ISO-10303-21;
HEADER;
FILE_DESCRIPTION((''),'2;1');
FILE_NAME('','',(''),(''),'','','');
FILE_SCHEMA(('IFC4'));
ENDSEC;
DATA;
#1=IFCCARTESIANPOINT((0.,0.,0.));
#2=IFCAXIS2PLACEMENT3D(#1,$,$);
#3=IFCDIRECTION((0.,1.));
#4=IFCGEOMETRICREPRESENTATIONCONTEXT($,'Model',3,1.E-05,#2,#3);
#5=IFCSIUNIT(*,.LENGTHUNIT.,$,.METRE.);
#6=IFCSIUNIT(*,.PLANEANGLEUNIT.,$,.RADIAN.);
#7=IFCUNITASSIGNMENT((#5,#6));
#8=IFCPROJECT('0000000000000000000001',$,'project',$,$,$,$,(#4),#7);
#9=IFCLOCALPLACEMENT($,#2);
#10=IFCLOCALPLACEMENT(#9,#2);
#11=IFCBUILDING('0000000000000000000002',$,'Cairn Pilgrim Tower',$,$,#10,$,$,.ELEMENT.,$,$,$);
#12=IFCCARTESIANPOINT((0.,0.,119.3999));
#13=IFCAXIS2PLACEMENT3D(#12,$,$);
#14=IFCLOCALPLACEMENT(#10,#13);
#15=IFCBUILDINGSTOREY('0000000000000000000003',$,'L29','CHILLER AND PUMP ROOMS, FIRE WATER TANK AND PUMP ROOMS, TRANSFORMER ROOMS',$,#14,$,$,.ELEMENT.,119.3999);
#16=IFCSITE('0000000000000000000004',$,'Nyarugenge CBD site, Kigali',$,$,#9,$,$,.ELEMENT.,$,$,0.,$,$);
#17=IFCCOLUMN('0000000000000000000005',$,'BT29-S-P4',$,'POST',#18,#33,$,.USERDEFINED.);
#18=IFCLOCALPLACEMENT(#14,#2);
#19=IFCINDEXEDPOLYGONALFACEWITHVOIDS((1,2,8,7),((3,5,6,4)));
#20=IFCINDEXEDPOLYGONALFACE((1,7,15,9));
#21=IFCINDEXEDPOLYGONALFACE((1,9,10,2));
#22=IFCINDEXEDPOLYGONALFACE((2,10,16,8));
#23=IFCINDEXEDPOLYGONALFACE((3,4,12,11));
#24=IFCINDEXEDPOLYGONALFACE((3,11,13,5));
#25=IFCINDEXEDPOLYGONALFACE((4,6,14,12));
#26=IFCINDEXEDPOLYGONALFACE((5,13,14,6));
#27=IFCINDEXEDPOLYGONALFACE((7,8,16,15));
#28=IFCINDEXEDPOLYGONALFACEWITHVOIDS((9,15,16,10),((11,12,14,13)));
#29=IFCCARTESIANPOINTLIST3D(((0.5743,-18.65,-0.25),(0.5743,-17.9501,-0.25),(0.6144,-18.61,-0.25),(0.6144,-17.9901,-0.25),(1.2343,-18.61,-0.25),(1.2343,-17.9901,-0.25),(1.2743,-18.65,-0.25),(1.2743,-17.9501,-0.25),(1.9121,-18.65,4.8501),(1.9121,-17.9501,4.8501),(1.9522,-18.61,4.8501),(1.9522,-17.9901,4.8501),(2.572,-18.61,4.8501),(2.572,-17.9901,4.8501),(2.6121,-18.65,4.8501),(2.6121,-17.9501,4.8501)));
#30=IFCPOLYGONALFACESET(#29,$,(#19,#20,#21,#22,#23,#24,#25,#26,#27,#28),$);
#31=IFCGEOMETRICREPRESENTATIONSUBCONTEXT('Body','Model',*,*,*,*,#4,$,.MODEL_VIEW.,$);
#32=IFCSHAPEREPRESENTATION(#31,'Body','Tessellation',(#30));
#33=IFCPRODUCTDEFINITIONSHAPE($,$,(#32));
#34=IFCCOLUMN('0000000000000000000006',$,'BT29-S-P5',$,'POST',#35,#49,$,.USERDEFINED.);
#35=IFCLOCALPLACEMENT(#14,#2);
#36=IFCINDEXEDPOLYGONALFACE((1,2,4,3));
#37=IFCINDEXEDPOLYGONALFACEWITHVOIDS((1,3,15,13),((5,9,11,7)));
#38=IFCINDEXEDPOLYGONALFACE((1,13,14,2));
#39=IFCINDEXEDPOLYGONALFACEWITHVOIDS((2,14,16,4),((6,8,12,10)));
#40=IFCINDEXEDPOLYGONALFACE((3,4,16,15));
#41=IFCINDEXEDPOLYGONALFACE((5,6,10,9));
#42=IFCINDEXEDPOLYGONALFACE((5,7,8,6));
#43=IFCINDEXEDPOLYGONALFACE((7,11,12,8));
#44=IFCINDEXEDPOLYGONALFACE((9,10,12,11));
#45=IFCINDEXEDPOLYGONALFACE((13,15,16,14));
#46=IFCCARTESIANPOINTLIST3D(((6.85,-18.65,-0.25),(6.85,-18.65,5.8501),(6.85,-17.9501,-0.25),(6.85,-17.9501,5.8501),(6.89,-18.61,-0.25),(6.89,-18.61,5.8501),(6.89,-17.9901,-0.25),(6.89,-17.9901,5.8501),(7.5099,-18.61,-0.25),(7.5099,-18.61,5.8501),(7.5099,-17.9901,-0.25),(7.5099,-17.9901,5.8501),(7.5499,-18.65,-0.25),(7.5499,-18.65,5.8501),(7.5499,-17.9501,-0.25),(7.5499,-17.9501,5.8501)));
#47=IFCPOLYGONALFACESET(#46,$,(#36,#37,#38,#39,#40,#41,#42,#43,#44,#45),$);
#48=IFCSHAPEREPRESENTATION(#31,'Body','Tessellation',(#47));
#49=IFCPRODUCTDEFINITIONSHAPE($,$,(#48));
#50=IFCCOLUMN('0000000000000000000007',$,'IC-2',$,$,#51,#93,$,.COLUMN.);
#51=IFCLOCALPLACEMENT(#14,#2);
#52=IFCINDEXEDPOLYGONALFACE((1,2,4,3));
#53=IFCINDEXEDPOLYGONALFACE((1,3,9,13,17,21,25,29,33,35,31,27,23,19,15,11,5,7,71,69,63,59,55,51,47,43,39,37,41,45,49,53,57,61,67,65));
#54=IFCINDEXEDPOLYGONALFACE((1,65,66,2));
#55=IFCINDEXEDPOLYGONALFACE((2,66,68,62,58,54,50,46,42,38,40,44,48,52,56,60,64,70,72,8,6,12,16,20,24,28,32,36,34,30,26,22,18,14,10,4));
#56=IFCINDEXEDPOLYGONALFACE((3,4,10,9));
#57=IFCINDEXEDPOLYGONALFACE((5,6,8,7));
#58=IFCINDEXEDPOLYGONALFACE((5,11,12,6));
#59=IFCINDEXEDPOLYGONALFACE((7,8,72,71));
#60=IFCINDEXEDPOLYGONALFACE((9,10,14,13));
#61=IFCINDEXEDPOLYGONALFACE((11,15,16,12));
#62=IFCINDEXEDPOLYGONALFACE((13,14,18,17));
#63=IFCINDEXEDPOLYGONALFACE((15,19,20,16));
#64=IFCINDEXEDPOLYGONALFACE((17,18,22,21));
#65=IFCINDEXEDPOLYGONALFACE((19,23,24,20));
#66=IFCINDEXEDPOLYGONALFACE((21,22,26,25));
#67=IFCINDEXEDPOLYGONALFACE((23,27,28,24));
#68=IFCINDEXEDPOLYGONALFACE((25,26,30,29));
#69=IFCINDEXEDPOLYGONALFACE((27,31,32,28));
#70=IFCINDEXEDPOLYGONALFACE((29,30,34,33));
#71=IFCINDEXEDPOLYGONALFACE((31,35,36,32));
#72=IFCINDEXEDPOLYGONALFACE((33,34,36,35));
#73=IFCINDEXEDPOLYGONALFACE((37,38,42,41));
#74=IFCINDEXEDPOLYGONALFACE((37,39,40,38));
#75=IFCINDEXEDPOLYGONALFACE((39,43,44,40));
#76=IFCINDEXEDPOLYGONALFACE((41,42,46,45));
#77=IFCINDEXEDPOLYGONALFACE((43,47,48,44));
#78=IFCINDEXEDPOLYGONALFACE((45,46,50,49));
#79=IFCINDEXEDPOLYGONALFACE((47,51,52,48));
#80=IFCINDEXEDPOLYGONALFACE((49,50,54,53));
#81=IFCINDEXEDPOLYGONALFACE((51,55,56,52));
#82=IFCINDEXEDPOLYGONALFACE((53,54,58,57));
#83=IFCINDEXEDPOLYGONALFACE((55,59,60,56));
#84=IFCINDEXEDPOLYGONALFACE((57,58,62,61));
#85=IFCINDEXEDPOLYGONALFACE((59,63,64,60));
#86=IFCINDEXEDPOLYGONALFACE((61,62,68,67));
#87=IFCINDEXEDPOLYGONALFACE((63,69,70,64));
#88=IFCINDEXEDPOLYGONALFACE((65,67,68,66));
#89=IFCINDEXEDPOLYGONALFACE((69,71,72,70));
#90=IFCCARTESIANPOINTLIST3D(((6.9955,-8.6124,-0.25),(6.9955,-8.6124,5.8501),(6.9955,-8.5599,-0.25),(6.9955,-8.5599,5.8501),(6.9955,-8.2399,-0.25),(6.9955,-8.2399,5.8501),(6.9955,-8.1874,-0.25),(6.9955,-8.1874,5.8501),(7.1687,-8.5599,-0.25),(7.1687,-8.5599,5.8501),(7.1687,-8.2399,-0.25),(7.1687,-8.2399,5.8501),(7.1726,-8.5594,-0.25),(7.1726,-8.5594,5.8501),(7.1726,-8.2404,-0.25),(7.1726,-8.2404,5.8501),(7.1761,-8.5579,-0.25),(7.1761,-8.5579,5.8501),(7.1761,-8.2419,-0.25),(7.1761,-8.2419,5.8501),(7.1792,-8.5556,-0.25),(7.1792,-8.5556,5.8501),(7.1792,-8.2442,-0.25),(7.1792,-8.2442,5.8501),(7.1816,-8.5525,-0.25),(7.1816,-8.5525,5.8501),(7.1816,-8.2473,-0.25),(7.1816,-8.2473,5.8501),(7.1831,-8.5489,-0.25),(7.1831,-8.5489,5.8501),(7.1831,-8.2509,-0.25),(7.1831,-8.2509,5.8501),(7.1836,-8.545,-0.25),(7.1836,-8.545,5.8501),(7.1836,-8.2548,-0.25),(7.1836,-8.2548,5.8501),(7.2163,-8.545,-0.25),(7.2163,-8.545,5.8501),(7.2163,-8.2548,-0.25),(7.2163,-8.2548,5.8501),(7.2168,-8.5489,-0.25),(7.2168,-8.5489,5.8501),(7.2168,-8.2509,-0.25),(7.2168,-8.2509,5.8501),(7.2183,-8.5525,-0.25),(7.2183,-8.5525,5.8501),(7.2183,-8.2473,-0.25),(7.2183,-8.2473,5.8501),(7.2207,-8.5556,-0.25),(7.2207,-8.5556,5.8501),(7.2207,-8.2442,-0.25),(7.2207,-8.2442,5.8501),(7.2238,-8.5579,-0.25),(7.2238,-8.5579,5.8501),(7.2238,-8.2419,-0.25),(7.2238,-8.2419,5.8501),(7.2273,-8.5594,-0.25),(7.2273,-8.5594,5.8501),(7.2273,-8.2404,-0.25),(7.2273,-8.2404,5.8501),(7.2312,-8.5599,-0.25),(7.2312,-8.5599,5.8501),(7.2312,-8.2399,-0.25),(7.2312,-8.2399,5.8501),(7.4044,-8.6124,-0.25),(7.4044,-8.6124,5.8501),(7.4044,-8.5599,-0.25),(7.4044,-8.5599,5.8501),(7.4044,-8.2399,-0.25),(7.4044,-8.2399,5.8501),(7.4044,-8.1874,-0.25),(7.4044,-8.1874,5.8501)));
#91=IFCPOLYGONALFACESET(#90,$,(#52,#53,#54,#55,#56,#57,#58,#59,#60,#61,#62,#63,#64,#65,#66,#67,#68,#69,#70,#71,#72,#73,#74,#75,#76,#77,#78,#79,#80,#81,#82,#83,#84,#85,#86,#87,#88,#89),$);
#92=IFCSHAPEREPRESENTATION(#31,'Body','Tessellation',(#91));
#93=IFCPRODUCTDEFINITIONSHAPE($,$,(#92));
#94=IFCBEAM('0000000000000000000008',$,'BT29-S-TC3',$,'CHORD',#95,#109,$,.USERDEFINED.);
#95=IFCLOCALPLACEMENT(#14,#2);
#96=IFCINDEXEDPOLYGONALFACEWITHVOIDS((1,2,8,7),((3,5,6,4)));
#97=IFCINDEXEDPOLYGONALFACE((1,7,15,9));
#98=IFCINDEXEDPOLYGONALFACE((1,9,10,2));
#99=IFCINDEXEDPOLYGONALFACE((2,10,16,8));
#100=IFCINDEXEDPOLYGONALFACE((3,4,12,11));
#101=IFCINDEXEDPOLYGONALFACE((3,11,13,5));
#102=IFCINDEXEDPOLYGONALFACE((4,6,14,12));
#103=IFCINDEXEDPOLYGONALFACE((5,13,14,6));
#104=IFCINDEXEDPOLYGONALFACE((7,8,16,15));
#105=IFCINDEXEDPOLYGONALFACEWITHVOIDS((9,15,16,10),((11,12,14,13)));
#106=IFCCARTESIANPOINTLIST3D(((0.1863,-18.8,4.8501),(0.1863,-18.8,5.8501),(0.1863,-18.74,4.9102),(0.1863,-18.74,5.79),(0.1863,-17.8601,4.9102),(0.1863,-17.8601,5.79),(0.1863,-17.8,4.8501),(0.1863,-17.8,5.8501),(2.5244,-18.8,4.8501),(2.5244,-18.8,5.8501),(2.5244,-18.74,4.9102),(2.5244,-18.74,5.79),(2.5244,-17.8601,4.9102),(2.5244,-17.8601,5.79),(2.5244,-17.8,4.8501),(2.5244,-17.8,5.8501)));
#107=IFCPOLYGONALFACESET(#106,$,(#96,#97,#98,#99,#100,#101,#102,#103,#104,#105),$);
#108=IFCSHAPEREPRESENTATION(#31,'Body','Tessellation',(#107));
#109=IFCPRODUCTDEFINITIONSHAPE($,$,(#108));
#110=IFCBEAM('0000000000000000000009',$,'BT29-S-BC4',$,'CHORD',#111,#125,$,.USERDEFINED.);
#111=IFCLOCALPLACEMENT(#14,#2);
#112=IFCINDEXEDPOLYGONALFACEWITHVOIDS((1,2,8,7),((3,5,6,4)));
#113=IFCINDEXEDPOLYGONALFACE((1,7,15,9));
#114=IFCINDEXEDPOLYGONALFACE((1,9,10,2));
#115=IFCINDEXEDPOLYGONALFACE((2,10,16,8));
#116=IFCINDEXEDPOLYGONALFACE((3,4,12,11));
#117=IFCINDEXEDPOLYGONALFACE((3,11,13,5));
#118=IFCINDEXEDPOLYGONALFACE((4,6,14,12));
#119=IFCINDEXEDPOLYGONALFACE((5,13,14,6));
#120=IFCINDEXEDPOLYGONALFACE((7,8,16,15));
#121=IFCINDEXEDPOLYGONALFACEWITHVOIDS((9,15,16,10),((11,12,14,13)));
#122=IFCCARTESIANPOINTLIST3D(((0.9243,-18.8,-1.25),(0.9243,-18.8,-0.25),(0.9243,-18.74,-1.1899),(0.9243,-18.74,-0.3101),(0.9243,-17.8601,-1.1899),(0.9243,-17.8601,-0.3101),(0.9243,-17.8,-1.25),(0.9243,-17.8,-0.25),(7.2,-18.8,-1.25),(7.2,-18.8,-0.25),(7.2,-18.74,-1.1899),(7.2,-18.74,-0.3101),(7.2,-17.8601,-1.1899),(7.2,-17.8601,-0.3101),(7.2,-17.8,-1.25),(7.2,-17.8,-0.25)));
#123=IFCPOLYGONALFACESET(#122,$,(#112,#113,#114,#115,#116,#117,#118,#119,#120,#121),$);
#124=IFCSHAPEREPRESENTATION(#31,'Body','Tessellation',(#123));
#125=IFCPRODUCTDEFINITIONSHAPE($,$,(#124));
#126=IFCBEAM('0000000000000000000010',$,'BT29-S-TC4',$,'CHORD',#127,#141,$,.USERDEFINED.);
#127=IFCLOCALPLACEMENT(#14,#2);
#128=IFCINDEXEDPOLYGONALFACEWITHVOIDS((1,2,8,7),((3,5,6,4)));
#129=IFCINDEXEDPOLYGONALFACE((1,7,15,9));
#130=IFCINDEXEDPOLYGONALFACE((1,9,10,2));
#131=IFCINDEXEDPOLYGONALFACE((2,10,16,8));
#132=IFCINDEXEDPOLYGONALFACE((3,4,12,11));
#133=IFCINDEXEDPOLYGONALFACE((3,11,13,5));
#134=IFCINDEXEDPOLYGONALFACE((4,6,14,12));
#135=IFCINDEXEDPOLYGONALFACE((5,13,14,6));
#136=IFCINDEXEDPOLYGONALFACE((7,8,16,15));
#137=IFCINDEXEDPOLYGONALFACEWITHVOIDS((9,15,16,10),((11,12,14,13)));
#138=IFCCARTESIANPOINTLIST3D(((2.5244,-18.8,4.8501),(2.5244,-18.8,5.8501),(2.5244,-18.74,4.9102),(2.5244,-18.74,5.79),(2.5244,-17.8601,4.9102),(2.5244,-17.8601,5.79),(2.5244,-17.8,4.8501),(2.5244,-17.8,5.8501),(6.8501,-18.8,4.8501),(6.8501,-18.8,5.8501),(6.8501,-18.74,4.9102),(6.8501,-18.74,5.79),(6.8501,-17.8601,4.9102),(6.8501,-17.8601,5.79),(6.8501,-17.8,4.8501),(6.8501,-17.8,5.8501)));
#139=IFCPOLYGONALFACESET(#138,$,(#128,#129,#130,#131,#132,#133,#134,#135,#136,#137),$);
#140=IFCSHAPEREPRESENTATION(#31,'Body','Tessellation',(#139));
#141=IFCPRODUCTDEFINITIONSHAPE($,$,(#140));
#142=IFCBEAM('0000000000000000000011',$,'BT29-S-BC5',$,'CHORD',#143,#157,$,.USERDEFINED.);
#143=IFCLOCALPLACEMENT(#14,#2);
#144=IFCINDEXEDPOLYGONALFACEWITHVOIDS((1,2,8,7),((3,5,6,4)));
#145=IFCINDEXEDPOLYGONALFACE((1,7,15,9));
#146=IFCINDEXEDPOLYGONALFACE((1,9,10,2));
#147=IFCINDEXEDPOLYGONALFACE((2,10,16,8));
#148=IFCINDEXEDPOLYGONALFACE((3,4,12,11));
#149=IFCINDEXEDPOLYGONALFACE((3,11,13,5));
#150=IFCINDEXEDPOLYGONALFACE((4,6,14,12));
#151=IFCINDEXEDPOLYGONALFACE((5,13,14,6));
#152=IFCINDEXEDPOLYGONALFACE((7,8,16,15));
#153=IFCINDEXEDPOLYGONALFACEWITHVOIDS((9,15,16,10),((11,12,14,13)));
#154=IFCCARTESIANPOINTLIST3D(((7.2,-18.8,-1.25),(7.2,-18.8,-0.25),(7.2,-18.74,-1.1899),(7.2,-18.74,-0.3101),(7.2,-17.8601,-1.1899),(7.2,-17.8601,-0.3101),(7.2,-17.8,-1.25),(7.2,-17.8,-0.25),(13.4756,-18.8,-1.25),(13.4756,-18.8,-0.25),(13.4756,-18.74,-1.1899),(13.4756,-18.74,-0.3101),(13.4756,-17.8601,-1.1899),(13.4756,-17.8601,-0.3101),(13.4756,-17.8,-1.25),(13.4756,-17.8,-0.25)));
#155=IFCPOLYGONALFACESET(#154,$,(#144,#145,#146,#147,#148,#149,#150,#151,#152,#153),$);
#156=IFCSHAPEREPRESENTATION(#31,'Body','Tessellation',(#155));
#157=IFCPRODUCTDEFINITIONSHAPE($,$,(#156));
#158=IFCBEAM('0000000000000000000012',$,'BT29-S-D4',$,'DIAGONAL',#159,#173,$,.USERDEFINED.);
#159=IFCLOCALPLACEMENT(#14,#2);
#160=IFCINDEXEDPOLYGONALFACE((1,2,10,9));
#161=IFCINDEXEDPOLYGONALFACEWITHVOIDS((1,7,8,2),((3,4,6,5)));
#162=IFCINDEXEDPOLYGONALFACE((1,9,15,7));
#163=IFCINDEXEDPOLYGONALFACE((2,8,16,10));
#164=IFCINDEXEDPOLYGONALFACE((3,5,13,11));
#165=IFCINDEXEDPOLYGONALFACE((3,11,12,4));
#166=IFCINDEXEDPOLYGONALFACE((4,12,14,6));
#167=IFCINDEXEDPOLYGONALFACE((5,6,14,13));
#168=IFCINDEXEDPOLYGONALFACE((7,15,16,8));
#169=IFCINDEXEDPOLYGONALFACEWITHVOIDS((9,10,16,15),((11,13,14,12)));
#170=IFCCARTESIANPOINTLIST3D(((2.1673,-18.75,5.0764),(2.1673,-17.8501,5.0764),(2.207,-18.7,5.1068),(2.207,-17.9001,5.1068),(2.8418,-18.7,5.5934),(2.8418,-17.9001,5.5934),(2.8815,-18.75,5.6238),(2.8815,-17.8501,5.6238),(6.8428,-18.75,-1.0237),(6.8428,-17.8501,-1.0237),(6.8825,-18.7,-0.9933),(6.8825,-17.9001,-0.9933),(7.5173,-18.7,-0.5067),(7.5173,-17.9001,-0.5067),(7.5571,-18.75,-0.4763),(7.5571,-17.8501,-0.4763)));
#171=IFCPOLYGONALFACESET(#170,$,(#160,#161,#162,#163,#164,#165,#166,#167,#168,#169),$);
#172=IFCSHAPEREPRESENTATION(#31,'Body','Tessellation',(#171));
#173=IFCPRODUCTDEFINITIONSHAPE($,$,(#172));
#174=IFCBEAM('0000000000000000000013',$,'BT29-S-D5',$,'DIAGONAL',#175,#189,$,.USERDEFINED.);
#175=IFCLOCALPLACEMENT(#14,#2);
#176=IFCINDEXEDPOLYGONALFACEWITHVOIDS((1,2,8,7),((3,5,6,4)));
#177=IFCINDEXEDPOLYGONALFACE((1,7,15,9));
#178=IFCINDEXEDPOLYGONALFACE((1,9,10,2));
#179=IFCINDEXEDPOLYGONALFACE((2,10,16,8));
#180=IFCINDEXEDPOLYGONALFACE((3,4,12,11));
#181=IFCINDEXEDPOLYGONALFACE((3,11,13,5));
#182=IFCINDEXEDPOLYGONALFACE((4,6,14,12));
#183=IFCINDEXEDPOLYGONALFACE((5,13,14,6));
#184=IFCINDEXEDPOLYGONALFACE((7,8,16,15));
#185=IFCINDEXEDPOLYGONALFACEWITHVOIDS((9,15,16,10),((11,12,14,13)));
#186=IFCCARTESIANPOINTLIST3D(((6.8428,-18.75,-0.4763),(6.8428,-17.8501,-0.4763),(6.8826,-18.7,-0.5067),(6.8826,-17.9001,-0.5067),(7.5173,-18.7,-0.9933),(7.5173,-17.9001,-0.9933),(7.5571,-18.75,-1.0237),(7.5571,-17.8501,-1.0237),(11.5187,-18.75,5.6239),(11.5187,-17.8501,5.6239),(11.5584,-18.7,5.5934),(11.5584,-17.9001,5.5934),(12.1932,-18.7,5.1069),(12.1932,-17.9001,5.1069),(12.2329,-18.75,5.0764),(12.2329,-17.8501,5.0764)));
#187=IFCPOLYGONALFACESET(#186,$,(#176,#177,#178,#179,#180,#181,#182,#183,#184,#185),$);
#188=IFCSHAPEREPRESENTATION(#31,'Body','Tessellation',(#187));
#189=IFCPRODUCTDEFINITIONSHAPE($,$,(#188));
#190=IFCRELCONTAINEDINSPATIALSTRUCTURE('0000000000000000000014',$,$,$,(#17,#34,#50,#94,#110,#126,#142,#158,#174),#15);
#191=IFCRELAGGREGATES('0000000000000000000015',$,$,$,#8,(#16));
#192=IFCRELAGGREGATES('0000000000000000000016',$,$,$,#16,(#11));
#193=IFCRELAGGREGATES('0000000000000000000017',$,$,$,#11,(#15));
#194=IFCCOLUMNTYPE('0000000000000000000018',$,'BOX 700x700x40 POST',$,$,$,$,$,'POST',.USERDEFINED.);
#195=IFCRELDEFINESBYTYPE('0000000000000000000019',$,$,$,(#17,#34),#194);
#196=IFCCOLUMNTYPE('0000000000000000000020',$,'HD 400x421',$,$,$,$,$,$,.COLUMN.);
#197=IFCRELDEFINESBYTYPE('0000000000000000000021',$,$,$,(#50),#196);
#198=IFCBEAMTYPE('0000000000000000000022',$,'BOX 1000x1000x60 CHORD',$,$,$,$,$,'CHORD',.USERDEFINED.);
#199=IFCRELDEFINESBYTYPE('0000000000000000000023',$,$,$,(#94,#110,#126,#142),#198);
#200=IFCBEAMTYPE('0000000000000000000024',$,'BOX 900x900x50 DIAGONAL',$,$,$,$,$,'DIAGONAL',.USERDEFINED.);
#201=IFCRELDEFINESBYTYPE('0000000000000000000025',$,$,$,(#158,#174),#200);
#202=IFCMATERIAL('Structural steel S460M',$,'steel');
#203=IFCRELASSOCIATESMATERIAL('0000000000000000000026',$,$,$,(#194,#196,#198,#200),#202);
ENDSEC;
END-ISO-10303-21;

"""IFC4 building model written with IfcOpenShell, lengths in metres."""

from ifc_helpers import new_model, si_unit, direction, frame, origin, origin_2d, place, context, subcontext, project, spatial, hollow_rectangle, i_section, extrude, clip, halfspace, material, material_profile, profile_set, type_object, element, save


model = new_model("IFC4")

# Units and contexts
model_context = context("Model", 3, precision=1e-05, world=origin(), true_north=direction((0.0, 1.0)))
body_context = subcontext(model_context, "Body", "Model", "MODEL_VIEW")
ifc_project = project(units=[si_unit("LENGTHUNIT", "METRE"), si_unit("PLANEANGLEUNIT", "RADIAN")], contexts=[model_context])

# Site, building, storey
site_placement = place(None, origin())
site = spatial("IfcSite", under=ifc_project, at=site_placement, Name="Nyarugenge CBD site, Kigali", CompositionType="ELEMENT", RefElevation=0.0)
building_placement = place(site_placement, origin())
building = spatial("IfcBuilding", under=site, at=building_placement, Name="Cairn Pilgrim Tower", CompositionType="ELEMENT")
storey_placement = place(building_placement, frame((0.0, 0.0, 119.3999)))
storey = spatial("IfcBuildingStorey", under=building, at=storey_placement, Name="L29", Description="CHILLER AND PUMP ROOMS, FIRE WATER TANK AND PUMP ROOMS, TRANSFORMER ROOMS", CompositionType="ELEMENT", Elevation=119.3999)

# Columns
ifc_material_1 = material(Name="Structural steel S460M", Category="steel")
ifc_material_profile_1 = material_profile(ifc_material_1, hollow_rectangle(XDim=0.7, YDim=0.7, WallThickness=0.04, at=origin_2d()), Name="BOX 700x700x40")
ifc_profile_set_1 = profile_set([ifc_material_profile_1], Name="Structural steel S460M")
column_type_1 = type_object("IfcColumnType", Name="BOX 700x700x40 POST", ElementType="POST", PredefinedType="USERDEFINED", material=ifc_profile_set_1)
column_1_placement = place(storey_placement, frame((0.9243, -18.3, -0.25), z_axis=(0.0, 0.0, 1.0), x_axis=(1.0, 0.0, 0.0)))
element("IfcColumn", 1, at=column_1_placement, inside=storey, type_object=column_type_1, Name="BT29-S-P4", ObjectType="POST", PredefinedType="USERDEFINED", context=body_context, shape_type="Clipping", body=[
    clip(extrude(hollow_rectangle(XDim=0.7, YDim=0.7, WallThickness=0.04, at=origin_2d()), origin(), (0.253723, 0.0, 0.967277), 6.3064), halfspace(frame((0.0, 0.0, 5.1001), z_axis=(0.0, 0.0, 1.0), x_axis=(1.0, 0.0, 0.0)), False)),
])
column_2_placement = place(storey_placement, frame((7.2, -18.3, -0.25), z_axis=(0.0, 0.0, 1.0), x_axis=(1.0, 0.0, 0.0)))
element("IfcColumn", 2, at=column_2_placement, inside=storey, type_object=column_type_1, Name="BT29-S-P5", ObjectType="POST", PredefinedType="USERDEFINED", context=body_context, shape_type="SweptSolid", body=[
    extrude(hollow_rectangle(XDim=0.7, YDim=0.7, WallThickness=0.04, at=origin_2d()), origin(), (0.0, 0.0, 1.0), 6.1001),
])
ifc_material_profile_2 = material_profile(ifc_material_1, i_section(OverallWidth=0.4089, OverallDepth=0.425, WebThickness=0.0327, FlangeThickness=0.0525, FilletRadius=0.0149, at=origin_2d()), Name="HD 400x421")
ifc_profile_set_2 = profile_set([ifc_material_profile_2], Name="Structural steel S460M")
column_type_2 = type_object("IfcColumnType", Name="HD 400x421", PredefinedType="COLUMN", material=ifc_profile_set_2)
column_3_placement = place(storey_placement, frame((7.2, -8.3999, -0.25), z_axis=(0.0, 0.0, 1.0), x_axis=(1.0, 0.0, 0.0)))
element("IfcColumn", 3, at=column_3_placement, inside=storey, type_object=column_type_2, Name="IC-2", PredefinedType="COLUMN", context=body_context, shape_type="SweptSolid", body=[
    extrude(i_section(OverallWidth=0.4089, OverallDepth=0.425, WebThickness=0.0327, FlangeThickness=0.0525, FilletRadius=0.0149, at=origin_2d()), origin(), (0.0, 0.0, 1.0), 6.1001),
])

# Beams
ifc_material_profile_3 = material_profile(ifc_material_1, hollow_rectangle(XDim=1.0, YDim=1.0, WallThickness=0.0601, at=origin_2d()), Name="BOX 1000x1000x60")
ifc_profile_set_3 = profile_set([ifc_material_profile_3], Name="Structural steel S460M")
beam_type_1 = type_object("IfcBeamType", Name="BOX 1000x1000x60 CHORD", ElementType="CHORD", PredefinedType="USERDEFINED", material=ifc_profile_set_3)
beam_1_placement = place(storey_placement, frame((0.1863, -18.3, 5.3501), z_axis=(1.0, 0.0, 0.0), x_axis=(0.0, 1.0, 0.0)))
element("IfcBeam", 4, at=beam_1_placement, inside=storey, type_object=beam_type_1, Name="BT29-S-TC3", ObjectType="CHORD", PredefinedType="USERDEFINED", context=body_context, shape_type="SweptSolid", body=[
    extrude(hollow_rectangle(XDim=1.0, YDim=1.0, WallThickness=0.0601, at=origin_2d()), origin(), (0.0, 0.0, 1.0), 2.3381),
])
beam_2_placement = place(storey_placement, frame((0.9243, -18.3, -0.75), z_axis=(1.0, 0.0, 0.0), x_axis=(0.0, 1.0, 0.0)))
element("IfcBeam", 5, at=beam_2_placement, inside=storey, type_object=beam_type_1, Name="BT29-S-BC4", ObjectType="CHORD", PredefinedType="USERDEFINED", context=body_context, shape_type="SweptSolid", body=[
    extrude(hollow_rectangle(XDim=1.0, YDim=1.0, WallThickness=0.0601, at=origin_2d()), origin(), (0.0, 0.0, 1.0), 6.2756),
])
beam_3_placement = place(storey_placement, frame((2.5244, -18.3, 5.3501), z_axis=(1.0, 0.0, 0.0), x_axis=(0.0, 1.0, 0.0)))
element("IfcBeam", 6, at=beam_3_placement, inside=storey, type_object=beam_type_1, Name="BT29-S-TC4", ObjectType="CHORD", PredefinedType="USERDEFINED", context=body_context, shape_type="SweptSolid", body=[
    extrude(hollow_rectangle(XDim=1.0, YDim=1.0, WallThickness=0.0601, at=origin_2d()), origin(), (0.0, 0.0, 1.0), 4.3257),
])
beam_4_placement = place(storey_placement, frame((7.2, -18.3, -0.75), z_axis=(1.0, 0.0, 0.0), x_axis=(0.0, 1.0, 0.0)))
element("IfcBeam", 7, at=beam_4_placement, inside=storey, type_object=beam_type_1, Name="BT29-S-BC5", ObjectType="CHORD", PredefinedType="USERDEFINED", context=body_context, shape_type="SweptSolid", body=[
    extrude(hollow_rectangle(XDim=1.0, YDim=1.0, WallThickness=0.0601, at=origin_2d()), origin(), (0.0, 0.0, 1.0), 6.2756),
])
ifc_material_profile_4 = material_profile(ifc_material_1, hollow_rectangle(XDim=0.8999, YDim=0.8999, WallThickness=0.05, at=origin_2d()), Name="BOX 900x900x50")
ifc_profile_set_4 = profile_set([ifc_material_profile_4], Name="Structural steel S460M")
beam_type_2 = type_object("IfcBeamType", Name="BOX 900x900x50 DIAGONAL", ElementType="DIAGONAL", PredefinedType="USERDEFINED", material=ifc_profile_set_4)
beam_5_placement = place(storey_placement, frame((2.5244, -18.3, 5.3501), z_axis=(0.608333, 0.0, -0.793682), x_axis=(0.0, 1.0, 0.0)))
element("IfcBeam", 8, at=beam_5_placement, inside=storey, type_object=beam_type_2, Name="BT29-S-D4", ObjectType="DIAGONAL", PredefinedType="USERDEFINED", context=body_context, shape_type="SweptSolid", body=[
    extrude(hollow_rectangle(XDim=0.8999, YDim=0.8999, WallThickness=0.05, at=origin_2d()), origin(), (0.0, 0.0, 1.0), 7.6858),
])
beam_6_placement = place(storey_placement, frame((7.2, -18.3, -0.75), z_axis=(0.608353, 0.0, 0.793667), x_axis=(0.0, 1.0, 0.0)))
element("IfcBeam", 9, at=beam_6_placement, inside=storey, type_object=beam_type_2, Name="BT29-S-D5", ObjectType="DIAGONAL", PredefinedType="USERDEFINED", context=body_context, shape_type="SweptSolid", body=[
    extrude(hollow_rectangle(XDim=0.8999, YDim=0.8999, WallThickness=0.05, at=origin_2d()), origin(), (0.0, 0.0, 1.0), 7.686),
])

save(model, "model.ifc")
